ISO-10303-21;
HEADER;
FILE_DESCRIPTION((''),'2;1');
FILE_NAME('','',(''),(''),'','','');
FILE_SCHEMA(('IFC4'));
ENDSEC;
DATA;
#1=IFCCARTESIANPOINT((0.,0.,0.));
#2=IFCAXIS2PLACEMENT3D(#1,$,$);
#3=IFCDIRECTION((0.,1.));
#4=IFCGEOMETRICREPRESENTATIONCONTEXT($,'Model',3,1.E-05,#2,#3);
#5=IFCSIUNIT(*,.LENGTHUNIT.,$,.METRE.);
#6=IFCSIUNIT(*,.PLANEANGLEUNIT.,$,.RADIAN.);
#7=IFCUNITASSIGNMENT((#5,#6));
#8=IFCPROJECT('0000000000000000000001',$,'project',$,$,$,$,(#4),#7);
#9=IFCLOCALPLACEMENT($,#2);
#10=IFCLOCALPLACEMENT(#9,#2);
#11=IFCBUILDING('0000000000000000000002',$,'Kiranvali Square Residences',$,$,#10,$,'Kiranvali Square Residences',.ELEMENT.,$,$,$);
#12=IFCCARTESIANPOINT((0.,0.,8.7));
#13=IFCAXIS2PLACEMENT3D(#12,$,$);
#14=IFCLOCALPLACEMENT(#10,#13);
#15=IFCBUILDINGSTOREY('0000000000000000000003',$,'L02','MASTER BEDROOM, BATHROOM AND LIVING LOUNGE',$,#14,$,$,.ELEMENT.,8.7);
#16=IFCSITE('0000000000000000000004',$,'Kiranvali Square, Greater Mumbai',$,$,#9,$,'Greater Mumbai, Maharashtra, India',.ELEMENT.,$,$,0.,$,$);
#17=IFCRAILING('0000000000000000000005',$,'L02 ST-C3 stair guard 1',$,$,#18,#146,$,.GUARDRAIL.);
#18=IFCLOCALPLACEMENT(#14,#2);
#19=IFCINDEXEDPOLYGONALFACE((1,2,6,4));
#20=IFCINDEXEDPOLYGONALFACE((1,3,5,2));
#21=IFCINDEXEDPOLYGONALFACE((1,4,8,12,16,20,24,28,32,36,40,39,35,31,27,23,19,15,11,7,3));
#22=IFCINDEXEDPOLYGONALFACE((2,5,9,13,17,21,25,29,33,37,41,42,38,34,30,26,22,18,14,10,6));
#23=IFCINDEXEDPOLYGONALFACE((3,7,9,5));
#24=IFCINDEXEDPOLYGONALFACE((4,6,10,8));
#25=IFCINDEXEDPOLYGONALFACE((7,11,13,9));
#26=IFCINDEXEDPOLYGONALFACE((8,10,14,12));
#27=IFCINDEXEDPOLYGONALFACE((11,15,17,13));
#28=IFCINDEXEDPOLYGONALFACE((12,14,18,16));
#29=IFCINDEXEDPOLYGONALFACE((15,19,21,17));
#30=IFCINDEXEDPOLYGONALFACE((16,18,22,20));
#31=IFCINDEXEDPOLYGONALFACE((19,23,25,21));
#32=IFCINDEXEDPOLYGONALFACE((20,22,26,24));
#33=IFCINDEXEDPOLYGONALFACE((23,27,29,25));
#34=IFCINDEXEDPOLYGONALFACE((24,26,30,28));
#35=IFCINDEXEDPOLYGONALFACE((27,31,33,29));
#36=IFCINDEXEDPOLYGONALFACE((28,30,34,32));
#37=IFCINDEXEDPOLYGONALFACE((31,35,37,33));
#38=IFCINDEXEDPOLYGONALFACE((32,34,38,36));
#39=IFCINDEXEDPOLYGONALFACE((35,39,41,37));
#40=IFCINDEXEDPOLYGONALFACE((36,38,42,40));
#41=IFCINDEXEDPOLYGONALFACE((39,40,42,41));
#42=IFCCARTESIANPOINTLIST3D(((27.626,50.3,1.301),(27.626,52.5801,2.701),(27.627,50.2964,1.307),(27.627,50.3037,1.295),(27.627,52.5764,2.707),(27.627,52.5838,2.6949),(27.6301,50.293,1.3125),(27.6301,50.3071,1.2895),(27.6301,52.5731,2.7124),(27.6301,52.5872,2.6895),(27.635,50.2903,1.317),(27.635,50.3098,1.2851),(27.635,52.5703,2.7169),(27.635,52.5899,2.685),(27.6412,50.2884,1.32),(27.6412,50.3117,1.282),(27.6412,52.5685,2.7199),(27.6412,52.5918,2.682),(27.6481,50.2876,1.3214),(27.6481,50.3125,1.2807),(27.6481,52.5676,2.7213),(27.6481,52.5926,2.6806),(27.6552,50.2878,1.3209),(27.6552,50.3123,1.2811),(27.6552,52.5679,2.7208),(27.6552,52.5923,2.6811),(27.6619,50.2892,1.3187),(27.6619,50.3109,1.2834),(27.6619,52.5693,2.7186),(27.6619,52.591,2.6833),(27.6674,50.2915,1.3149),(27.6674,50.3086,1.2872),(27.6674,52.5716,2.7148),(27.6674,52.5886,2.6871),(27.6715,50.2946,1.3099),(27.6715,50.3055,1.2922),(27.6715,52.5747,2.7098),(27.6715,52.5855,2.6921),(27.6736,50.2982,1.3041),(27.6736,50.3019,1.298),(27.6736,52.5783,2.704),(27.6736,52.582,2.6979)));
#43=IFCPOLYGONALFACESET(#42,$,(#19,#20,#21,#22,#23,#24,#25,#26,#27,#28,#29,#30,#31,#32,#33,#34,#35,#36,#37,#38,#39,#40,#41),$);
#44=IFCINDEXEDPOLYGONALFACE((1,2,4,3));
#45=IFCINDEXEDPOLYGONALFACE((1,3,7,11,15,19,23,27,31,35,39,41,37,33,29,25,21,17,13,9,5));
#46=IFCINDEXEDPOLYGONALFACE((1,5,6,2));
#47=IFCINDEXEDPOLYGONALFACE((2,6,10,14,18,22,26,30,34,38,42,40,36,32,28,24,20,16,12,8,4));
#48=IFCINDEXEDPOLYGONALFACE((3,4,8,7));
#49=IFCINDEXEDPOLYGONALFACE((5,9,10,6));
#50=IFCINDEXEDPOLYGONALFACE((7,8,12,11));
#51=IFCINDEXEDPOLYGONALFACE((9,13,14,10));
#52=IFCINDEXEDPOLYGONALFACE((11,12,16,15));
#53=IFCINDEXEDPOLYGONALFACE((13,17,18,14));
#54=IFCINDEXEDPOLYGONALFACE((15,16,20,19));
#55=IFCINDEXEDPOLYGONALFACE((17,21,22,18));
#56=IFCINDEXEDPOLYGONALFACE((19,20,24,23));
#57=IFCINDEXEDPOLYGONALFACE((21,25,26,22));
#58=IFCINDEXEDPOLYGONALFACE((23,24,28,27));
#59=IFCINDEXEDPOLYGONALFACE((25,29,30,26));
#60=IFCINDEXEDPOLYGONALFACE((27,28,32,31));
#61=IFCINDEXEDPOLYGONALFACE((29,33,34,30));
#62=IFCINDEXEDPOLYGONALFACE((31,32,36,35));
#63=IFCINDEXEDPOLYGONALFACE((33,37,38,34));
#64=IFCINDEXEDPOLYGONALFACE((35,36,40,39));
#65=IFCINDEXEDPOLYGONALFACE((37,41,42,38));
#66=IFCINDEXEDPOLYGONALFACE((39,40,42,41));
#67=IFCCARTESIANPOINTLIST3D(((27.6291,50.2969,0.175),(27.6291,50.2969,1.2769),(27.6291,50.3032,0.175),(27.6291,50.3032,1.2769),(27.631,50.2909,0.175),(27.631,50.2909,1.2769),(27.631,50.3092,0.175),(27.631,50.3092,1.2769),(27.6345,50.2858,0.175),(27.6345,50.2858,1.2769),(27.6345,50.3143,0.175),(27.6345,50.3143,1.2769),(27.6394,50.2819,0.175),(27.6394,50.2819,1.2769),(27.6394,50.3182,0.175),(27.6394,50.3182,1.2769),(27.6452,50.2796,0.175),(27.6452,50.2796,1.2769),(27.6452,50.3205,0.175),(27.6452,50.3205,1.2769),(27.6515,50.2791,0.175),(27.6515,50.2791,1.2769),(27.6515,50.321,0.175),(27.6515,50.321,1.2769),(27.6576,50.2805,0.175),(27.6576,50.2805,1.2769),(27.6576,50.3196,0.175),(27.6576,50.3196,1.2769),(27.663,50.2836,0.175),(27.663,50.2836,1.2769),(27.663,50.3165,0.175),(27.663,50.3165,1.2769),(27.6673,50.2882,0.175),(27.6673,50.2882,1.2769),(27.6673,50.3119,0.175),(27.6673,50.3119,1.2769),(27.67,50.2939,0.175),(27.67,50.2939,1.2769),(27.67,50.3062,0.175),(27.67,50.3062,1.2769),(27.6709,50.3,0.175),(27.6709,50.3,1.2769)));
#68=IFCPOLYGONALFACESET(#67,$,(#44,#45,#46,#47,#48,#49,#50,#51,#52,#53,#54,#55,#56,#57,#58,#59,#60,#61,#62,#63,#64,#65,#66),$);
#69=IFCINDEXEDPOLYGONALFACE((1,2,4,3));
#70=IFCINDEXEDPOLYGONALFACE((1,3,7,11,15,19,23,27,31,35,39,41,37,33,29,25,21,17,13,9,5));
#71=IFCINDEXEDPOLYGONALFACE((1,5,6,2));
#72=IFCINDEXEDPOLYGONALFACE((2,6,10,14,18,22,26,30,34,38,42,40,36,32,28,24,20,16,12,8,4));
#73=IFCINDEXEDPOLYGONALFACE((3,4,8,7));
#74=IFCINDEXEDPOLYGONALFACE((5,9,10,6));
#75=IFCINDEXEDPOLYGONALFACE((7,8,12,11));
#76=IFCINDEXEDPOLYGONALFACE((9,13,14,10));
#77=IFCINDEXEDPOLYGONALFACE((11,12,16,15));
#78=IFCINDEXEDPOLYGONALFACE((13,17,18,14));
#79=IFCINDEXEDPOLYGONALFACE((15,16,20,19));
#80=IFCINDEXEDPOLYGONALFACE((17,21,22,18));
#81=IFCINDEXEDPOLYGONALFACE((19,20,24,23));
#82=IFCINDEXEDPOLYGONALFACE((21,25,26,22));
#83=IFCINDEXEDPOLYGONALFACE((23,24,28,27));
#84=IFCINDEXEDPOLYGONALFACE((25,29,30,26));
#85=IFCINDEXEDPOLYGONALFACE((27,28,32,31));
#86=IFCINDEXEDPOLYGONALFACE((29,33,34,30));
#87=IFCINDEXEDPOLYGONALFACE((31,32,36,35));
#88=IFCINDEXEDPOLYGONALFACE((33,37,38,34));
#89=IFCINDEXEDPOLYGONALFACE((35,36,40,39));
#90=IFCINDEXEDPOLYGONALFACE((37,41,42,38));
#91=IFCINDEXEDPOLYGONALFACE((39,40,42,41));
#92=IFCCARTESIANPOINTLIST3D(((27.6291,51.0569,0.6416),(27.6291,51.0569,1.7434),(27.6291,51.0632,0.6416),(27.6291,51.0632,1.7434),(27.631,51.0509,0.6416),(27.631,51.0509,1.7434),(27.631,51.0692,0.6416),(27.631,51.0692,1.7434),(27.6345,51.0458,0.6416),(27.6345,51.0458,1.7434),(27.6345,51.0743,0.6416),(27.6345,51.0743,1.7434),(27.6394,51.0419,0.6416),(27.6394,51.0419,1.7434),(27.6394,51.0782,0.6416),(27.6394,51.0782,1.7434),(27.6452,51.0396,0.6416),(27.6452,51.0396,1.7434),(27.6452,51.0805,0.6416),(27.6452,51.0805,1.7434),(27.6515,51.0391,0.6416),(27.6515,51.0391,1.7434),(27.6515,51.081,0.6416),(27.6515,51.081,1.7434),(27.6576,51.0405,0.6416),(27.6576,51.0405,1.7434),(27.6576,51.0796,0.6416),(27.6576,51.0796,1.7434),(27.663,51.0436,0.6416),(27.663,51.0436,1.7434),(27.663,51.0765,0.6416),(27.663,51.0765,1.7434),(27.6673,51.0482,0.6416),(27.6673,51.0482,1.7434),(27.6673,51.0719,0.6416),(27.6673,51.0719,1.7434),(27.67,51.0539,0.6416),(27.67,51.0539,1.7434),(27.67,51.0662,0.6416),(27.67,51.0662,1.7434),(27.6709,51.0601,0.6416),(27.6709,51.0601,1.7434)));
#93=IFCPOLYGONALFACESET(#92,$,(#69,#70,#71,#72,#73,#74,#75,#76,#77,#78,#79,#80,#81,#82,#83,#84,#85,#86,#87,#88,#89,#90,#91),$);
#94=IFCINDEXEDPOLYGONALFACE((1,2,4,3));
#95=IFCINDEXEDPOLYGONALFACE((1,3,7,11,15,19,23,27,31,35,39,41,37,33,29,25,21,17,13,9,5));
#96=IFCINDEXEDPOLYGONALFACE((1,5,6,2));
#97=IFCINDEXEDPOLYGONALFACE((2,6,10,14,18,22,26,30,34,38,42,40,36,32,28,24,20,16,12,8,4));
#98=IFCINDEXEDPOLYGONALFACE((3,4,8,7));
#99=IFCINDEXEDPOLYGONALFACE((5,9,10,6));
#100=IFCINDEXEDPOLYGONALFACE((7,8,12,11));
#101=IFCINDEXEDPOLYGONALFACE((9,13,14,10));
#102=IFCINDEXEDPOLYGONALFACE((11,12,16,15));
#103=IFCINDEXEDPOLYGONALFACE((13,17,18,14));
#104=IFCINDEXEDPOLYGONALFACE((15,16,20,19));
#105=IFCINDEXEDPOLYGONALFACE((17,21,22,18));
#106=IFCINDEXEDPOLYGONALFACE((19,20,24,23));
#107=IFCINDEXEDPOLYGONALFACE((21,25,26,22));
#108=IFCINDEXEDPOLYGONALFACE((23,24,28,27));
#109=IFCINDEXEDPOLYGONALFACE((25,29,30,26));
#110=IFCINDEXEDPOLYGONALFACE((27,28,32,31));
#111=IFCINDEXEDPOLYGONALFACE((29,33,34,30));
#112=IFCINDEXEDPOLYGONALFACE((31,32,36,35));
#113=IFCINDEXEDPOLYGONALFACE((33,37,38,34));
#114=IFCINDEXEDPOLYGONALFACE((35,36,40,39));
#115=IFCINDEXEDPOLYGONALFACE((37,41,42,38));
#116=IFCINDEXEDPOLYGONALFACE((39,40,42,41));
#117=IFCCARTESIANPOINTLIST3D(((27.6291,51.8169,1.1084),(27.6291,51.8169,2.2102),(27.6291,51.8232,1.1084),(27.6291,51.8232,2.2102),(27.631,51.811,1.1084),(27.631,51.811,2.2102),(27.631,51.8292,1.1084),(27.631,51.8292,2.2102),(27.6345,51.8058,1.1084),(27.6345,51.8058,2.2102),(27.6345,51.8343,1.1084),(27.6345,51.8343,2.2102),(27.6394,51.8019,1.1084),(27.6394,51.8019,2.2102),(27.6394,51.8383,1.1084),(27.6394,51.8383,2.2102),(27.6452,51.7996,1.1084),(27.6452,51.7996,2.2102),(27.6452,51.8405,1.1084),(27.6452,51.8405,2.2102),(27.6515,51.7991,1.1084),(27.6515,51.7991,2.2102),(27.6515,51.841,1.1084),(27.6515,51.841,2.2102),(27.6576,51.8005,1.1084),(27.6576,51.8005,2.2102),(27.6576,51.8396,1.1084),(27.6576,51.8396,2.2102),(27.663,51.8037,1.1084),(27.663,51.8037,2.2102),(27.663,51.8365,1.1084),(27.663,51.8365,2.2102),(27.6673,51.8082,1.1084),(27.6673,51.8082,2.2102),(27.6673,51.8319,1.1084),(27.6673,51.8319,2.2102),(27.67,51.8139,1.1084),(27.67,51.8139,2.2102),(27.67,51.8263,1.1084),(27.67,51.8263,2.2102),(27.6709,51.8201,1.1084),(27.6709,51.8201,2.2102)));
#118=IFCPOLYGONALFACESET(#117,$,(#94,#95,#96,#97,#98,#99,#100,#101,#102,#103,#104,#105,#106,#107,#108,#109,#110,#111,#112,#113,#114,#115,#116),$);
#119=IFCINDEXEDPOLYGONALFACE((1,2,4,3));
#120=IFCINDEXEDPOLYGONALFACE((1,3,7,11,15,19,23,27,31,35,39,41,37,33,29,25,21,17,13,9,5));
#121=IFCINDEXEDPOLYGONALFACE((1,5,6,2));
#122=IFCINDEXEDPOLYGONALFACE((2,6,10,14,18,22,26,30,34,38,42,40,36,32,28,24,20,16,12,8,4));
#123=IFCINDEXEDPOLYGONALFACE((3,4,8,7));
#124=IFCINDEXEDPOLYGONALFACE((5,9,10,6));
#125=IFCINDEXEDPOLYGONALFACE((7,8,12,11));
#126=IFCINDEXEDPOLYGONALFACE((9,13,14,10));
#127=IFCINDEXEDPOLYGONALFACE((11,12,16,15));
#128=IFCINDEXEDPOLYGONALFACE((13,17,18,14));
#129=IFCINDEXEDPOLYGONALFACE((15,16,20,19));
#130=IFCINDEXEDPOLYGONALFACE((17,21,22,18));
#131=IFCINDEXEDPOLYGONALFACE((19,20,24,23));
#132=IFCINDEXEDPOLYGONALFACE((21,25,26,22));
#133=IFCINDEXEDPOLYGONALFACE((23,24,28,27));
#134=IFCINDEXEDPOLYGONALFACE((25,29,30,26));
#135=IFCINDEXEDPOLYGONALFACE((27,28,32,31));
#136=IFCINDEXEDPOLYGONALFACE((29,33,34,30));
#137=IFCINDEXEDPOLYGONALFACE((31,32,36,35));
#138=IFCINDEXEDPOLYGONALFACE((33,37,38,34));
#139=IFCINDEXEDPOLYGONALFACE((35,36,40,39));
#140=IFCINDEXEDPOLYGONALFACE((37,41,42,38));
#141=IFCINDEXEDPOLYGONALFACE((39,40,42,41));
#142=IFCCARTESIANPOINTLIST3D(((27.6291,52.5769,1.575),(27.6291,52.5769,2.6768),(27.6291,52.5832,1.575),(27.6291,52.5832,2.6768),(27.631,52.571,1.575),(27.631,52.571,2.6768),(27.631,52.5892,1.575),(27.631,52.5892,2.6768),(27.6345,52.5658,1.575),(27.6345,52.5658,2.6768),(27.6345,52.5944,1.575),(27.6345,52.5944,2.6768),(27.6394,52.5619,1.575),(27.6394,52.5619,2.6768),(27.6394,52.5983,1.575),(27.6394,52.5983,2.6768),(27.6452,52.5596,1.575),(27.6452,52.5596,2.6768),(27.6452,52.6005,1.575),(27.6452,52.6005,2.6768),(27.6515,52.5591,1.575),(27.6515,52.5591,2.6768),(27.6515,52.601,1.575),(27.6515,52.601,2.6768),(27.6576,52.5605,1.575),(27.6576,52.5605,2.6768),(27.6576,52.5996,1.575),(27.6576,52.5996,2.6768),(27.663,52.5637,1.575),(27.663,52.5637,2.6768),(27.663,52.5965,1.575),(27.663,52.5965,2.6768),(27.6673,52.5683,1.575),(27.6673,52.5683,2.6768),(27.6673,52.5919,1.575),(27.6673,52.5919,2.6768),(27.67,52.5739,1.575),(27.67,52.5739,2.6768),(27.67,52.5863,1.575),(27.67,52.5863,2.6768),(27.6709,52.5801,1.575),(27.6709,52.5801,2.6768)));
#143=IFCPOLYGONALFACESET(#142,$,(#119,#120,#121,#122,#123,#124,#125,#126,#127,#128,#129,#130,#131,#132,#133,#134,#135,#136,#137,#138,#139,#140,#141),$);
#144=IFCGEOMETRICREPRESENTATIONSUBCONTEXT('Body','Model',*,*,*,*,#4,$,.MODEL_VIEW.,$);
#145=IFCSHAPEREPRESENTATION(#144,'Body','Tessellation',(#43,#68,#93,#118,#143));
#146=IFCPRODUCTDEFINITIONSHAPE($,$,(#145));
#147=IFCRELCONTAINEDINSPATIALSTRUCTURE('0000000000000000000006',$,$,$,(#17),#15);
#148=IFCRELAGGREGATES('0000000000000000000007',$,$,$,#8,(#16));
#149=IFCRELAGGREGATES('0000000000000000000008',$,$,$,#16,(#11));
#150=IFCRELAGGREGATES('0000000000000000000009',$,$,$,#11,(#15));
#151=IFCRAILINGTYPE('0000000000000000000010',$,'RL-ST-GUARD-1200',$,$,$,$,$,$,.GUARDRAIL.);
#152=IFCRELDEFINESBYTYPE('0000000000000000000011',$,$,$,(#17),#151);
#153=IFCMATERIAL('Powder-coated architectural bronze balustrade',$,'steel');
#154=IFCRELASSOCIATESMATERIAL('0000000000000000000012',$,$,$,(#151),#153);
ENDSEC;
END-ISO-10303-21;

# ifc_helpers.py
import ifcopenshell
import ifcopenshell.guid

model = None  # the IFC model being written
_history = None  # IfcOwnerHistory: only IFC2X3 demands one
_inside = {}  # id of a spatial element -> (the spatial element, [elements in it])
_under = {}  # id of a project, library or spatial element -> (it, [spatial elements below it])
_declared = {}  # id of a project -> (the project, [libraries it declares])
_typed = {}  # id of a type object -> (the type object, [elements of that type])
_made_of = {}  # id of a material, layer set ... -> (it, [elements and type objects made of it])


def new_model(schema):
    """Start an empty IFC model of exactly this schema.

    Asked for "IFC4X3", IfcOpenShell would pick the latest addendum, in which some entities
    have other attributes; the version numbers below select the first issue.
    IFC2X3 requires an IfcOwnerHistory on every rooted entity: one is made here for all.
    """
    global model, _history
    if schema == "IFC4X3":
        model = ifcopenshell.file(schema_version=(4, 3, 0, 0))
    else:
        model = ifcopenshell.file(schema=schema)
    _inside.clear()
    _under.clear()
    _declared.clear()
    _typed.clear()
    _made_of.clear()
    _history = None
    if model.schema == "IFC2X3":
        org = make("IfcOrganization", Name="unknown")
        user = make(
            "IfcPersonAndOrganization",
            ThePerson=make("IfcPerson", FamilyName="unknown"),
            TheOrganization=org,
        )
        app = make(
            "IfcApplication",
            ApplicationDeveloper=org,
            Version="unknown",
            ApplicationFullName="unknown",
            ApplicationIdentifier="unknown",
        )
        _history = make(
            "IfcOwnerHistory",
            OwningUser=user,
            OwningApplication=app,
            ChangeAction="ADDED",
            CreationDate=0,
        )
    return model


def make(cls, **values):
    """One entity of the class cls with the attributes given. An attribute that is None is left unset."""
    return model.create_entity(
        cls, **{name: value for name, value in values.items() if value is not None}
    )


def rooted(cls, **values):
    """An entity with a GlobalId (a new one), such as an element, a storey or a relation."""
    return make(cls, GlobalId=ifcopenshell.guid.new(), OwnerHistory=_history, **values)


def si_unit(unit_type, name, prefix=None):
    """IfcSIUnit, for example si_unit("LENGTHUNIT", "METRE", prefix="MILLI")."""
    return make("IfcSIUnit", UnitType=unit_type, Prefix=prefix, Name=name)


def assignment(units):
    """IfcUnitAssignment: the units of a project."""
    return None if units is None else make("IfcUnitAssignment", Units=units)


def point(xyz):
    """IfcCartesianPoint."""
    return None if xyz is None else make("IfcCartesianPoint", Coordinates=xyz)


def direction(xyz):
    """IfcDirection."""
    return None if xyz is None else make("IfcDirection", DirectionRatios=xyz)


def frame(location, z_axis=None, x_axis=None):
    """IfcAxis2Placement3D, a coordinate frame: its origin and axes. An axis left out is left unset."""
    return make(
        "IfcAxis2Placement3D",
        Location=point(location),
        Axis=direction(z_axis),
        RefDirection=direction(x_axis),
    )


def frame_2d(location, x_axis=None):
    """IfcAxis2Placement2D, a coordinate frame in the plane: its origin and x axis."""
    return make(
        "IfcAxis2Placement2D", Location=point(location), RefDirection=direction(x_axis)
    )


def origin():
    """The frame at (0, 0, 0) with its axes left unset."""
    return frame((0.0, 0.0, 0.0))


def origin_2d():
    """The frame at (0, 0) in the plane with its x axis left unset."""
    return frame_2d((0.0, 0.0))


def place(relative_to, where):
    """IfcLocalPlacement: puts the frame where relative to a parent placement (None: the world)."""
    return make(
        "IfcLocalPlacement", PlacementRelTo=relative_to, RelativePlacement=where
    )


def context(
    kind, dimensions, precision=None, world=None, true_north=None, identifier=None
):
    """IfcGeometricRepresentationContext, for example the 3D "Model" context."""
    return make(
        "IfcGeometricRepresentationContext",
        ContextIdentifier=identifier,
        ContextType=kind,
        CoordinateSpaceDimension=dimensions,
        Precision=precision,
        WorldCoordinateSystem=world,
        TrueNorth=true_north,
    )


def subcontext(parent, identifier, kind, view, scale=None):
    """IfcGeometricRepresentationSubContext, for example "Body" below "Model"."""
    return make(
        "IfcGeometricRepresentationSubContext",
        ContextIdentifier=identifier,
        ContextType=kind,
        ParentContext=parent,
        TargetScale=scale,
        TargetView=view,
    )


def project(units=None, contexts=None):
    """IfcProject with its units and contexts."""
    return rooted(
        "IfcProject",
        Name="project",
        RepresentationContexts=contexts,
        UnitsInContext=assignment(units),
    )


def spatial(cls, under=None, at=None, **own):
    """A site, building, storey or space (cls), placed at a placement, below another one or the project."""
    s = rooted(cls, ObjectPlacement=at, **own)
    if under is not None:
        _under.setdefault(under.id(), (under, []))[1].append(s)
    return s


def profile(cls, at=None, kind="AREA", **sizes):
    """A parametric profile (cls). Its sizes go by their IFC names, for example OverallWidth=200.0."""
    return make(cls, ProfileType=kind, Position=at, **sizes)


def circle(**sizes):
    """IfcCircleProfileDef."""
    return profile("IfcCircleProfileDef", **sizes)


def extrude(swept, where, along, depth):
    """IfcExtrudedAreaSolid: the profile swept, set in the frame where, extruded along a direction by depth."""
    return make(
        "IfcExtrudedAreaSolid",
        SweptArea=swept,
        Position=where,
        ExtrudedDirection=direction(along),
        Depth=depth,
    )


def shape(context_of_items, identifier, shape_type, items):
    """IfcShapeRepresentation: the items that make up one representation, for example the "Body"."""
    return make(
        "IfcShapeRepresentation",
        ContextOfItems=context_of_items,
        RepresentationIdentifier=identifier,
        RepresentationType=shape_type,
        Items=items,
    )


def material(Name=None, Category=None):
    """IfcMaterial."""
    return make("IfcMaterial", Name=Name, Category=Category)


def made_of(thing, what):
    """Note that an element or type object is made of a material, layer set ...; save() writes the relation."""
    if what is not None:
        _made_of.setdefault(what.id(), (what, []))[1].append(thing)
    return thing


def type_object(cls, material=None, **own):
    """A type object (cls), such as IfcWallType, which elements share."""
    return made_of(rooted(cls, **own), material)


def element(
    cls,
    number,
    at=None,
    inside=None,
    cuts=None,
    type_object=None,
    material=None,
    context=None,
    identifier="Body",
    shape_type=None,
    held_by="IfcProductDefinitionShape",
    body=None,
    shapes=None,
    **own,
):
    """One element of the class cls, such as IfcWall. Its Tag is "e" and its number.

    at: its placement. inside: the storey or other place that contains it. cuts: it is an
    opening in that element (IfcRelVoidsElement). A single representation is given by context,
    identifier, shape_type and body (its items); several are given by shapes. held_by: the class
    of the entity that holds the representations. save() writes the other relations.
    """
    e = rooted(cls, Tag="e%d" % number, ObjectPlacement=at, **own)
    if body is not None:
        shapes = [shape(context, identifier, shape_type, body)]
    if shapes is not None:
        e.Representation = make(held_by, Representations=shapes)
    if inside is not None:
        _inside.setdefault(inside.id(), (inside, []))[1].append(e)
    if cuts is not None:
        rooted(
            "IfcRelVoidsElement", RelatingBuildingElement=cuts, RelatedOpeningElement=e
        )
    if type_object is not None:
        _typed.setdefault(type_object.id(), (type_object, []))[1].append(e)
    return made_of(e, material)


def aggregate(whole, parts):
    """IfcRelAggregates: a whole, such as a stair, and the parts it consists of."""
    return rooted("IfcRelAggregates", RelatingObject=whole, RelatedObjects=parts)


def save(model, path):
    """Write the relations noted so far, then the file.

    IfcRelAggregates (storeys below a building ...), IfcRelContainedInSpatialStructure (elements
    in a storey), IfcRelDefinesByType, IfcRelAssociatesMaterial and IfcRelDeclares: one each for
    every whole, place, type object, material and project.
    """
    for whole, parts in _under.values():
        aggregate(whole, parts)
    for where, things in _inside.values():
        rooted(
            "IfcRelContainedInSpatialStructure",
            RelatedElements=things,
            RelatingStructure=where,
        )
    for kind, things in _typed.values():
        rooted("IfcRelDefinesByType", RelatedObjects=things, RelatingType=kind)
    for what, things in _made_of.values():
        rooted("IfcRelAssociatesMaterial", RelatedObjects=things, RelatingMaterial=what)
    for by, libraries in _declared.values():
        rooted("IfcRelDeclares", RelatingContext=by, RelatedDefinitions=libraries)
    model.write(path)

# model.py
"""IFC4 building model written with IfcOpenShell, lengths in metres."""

from ifc_helpers import new_model, si_unit, direction, frame, origin, origin_2d, place, context, subcontext, project, spatial, circle, extrude, material, type_object, element, save


model = new_model("IFC4")

# Units and contexts
model_context = context("Model", 3, precision=1e-05, world=origin(), true_north=direction((0.0, 1.0)))
body_context = subcontext(model_context, "Body", "Model", "MODEL_VIEW")
ifc_project = project(units=[si_unit("LENGTHUNIT", "METRE"), si_unit("PLANEANGLEUNIT", "RADIAN")], contexts=[model_context])

# Site, building, storey
site_placement = place(None, origin())
site = spatial("IfcSite", under=ifc_project, at=site_placement, Name="Kiranvali Square, Greater Mumbai", LongName="Greater Mumbai, Maharashtra, India", CompositionType="ELEMENT", RefElevation=0.0)
building_placement = place(site_placement, origin())
building = spatial("IfcBuilding", under=site, at=building_placement, Name="Kiranvali Square Residences", LongName="Kiranvali Square Residences", CompositionType="ELEMENT")
storey_placement = place(building_placement, frame((0.0, 0.0, 8.7)))
storey = spatial("IfcBuildingStorey", under=building, at=storey_placement, Name="L02", Description="MASTER BEDROOM, BATHROOM AND LIVING LOUNGE", CompositionType="ELEMENT", Elevation=8.7)

# Railing
ifc_material_1 = material(Name="Powder-coated architectural bronze balustrade", Category="steel")
railing_type_1 = type_object("IfcRailingType", Name="RL-ST-GUARD-1200", PredefinedType="GUARDRAIL", material=ifc_material_1)
railing_1_placement = place(storey_placement, frame((27.6499, 50.3, 0.175)))
element("IfcRailing", 1, at=railing_1_placement, inside=storey, type_object=railing_type_1, Name="L02 ST-C3 stair guard 1", PredefinedType="GUARDRAIL", context=body_context, shape_type="SweptSolid", body=[
    extrude(circle(Radius=0.0239, at=origin_2d()), frame((0.0, 0.0, 1.126), z_axis=(0.0, 0.85219, 0.523232), x_axis=(-1.0, 0.0, 0.0)), (0.0, 0.0, 1.0), 2.6755),
    extrude(circle(Radius=0.021, at=origin_2d()), origin(), (0.0, 0.0, 1.0), 1.1018),
    extrude(circle(Radius=0.021, at=origin_2d()), frame((0.0, 0.76, 0.4666)), (0.0, 0.0, 1.0), 1.1018),
    extrude(circle(Radius=0.021, at=origin_2d()), frame((0.0, 1.52, 0.9333)), (0.0, 0.0, 1.0), 1.1018),
    extrude(circle(Radius=0.021, at=origin_2d()), frame((0.0, 2.28, 1.3999)), (0.0, 0.0, 1.0), 1.1018),
])

save(model, "model.ifc")
